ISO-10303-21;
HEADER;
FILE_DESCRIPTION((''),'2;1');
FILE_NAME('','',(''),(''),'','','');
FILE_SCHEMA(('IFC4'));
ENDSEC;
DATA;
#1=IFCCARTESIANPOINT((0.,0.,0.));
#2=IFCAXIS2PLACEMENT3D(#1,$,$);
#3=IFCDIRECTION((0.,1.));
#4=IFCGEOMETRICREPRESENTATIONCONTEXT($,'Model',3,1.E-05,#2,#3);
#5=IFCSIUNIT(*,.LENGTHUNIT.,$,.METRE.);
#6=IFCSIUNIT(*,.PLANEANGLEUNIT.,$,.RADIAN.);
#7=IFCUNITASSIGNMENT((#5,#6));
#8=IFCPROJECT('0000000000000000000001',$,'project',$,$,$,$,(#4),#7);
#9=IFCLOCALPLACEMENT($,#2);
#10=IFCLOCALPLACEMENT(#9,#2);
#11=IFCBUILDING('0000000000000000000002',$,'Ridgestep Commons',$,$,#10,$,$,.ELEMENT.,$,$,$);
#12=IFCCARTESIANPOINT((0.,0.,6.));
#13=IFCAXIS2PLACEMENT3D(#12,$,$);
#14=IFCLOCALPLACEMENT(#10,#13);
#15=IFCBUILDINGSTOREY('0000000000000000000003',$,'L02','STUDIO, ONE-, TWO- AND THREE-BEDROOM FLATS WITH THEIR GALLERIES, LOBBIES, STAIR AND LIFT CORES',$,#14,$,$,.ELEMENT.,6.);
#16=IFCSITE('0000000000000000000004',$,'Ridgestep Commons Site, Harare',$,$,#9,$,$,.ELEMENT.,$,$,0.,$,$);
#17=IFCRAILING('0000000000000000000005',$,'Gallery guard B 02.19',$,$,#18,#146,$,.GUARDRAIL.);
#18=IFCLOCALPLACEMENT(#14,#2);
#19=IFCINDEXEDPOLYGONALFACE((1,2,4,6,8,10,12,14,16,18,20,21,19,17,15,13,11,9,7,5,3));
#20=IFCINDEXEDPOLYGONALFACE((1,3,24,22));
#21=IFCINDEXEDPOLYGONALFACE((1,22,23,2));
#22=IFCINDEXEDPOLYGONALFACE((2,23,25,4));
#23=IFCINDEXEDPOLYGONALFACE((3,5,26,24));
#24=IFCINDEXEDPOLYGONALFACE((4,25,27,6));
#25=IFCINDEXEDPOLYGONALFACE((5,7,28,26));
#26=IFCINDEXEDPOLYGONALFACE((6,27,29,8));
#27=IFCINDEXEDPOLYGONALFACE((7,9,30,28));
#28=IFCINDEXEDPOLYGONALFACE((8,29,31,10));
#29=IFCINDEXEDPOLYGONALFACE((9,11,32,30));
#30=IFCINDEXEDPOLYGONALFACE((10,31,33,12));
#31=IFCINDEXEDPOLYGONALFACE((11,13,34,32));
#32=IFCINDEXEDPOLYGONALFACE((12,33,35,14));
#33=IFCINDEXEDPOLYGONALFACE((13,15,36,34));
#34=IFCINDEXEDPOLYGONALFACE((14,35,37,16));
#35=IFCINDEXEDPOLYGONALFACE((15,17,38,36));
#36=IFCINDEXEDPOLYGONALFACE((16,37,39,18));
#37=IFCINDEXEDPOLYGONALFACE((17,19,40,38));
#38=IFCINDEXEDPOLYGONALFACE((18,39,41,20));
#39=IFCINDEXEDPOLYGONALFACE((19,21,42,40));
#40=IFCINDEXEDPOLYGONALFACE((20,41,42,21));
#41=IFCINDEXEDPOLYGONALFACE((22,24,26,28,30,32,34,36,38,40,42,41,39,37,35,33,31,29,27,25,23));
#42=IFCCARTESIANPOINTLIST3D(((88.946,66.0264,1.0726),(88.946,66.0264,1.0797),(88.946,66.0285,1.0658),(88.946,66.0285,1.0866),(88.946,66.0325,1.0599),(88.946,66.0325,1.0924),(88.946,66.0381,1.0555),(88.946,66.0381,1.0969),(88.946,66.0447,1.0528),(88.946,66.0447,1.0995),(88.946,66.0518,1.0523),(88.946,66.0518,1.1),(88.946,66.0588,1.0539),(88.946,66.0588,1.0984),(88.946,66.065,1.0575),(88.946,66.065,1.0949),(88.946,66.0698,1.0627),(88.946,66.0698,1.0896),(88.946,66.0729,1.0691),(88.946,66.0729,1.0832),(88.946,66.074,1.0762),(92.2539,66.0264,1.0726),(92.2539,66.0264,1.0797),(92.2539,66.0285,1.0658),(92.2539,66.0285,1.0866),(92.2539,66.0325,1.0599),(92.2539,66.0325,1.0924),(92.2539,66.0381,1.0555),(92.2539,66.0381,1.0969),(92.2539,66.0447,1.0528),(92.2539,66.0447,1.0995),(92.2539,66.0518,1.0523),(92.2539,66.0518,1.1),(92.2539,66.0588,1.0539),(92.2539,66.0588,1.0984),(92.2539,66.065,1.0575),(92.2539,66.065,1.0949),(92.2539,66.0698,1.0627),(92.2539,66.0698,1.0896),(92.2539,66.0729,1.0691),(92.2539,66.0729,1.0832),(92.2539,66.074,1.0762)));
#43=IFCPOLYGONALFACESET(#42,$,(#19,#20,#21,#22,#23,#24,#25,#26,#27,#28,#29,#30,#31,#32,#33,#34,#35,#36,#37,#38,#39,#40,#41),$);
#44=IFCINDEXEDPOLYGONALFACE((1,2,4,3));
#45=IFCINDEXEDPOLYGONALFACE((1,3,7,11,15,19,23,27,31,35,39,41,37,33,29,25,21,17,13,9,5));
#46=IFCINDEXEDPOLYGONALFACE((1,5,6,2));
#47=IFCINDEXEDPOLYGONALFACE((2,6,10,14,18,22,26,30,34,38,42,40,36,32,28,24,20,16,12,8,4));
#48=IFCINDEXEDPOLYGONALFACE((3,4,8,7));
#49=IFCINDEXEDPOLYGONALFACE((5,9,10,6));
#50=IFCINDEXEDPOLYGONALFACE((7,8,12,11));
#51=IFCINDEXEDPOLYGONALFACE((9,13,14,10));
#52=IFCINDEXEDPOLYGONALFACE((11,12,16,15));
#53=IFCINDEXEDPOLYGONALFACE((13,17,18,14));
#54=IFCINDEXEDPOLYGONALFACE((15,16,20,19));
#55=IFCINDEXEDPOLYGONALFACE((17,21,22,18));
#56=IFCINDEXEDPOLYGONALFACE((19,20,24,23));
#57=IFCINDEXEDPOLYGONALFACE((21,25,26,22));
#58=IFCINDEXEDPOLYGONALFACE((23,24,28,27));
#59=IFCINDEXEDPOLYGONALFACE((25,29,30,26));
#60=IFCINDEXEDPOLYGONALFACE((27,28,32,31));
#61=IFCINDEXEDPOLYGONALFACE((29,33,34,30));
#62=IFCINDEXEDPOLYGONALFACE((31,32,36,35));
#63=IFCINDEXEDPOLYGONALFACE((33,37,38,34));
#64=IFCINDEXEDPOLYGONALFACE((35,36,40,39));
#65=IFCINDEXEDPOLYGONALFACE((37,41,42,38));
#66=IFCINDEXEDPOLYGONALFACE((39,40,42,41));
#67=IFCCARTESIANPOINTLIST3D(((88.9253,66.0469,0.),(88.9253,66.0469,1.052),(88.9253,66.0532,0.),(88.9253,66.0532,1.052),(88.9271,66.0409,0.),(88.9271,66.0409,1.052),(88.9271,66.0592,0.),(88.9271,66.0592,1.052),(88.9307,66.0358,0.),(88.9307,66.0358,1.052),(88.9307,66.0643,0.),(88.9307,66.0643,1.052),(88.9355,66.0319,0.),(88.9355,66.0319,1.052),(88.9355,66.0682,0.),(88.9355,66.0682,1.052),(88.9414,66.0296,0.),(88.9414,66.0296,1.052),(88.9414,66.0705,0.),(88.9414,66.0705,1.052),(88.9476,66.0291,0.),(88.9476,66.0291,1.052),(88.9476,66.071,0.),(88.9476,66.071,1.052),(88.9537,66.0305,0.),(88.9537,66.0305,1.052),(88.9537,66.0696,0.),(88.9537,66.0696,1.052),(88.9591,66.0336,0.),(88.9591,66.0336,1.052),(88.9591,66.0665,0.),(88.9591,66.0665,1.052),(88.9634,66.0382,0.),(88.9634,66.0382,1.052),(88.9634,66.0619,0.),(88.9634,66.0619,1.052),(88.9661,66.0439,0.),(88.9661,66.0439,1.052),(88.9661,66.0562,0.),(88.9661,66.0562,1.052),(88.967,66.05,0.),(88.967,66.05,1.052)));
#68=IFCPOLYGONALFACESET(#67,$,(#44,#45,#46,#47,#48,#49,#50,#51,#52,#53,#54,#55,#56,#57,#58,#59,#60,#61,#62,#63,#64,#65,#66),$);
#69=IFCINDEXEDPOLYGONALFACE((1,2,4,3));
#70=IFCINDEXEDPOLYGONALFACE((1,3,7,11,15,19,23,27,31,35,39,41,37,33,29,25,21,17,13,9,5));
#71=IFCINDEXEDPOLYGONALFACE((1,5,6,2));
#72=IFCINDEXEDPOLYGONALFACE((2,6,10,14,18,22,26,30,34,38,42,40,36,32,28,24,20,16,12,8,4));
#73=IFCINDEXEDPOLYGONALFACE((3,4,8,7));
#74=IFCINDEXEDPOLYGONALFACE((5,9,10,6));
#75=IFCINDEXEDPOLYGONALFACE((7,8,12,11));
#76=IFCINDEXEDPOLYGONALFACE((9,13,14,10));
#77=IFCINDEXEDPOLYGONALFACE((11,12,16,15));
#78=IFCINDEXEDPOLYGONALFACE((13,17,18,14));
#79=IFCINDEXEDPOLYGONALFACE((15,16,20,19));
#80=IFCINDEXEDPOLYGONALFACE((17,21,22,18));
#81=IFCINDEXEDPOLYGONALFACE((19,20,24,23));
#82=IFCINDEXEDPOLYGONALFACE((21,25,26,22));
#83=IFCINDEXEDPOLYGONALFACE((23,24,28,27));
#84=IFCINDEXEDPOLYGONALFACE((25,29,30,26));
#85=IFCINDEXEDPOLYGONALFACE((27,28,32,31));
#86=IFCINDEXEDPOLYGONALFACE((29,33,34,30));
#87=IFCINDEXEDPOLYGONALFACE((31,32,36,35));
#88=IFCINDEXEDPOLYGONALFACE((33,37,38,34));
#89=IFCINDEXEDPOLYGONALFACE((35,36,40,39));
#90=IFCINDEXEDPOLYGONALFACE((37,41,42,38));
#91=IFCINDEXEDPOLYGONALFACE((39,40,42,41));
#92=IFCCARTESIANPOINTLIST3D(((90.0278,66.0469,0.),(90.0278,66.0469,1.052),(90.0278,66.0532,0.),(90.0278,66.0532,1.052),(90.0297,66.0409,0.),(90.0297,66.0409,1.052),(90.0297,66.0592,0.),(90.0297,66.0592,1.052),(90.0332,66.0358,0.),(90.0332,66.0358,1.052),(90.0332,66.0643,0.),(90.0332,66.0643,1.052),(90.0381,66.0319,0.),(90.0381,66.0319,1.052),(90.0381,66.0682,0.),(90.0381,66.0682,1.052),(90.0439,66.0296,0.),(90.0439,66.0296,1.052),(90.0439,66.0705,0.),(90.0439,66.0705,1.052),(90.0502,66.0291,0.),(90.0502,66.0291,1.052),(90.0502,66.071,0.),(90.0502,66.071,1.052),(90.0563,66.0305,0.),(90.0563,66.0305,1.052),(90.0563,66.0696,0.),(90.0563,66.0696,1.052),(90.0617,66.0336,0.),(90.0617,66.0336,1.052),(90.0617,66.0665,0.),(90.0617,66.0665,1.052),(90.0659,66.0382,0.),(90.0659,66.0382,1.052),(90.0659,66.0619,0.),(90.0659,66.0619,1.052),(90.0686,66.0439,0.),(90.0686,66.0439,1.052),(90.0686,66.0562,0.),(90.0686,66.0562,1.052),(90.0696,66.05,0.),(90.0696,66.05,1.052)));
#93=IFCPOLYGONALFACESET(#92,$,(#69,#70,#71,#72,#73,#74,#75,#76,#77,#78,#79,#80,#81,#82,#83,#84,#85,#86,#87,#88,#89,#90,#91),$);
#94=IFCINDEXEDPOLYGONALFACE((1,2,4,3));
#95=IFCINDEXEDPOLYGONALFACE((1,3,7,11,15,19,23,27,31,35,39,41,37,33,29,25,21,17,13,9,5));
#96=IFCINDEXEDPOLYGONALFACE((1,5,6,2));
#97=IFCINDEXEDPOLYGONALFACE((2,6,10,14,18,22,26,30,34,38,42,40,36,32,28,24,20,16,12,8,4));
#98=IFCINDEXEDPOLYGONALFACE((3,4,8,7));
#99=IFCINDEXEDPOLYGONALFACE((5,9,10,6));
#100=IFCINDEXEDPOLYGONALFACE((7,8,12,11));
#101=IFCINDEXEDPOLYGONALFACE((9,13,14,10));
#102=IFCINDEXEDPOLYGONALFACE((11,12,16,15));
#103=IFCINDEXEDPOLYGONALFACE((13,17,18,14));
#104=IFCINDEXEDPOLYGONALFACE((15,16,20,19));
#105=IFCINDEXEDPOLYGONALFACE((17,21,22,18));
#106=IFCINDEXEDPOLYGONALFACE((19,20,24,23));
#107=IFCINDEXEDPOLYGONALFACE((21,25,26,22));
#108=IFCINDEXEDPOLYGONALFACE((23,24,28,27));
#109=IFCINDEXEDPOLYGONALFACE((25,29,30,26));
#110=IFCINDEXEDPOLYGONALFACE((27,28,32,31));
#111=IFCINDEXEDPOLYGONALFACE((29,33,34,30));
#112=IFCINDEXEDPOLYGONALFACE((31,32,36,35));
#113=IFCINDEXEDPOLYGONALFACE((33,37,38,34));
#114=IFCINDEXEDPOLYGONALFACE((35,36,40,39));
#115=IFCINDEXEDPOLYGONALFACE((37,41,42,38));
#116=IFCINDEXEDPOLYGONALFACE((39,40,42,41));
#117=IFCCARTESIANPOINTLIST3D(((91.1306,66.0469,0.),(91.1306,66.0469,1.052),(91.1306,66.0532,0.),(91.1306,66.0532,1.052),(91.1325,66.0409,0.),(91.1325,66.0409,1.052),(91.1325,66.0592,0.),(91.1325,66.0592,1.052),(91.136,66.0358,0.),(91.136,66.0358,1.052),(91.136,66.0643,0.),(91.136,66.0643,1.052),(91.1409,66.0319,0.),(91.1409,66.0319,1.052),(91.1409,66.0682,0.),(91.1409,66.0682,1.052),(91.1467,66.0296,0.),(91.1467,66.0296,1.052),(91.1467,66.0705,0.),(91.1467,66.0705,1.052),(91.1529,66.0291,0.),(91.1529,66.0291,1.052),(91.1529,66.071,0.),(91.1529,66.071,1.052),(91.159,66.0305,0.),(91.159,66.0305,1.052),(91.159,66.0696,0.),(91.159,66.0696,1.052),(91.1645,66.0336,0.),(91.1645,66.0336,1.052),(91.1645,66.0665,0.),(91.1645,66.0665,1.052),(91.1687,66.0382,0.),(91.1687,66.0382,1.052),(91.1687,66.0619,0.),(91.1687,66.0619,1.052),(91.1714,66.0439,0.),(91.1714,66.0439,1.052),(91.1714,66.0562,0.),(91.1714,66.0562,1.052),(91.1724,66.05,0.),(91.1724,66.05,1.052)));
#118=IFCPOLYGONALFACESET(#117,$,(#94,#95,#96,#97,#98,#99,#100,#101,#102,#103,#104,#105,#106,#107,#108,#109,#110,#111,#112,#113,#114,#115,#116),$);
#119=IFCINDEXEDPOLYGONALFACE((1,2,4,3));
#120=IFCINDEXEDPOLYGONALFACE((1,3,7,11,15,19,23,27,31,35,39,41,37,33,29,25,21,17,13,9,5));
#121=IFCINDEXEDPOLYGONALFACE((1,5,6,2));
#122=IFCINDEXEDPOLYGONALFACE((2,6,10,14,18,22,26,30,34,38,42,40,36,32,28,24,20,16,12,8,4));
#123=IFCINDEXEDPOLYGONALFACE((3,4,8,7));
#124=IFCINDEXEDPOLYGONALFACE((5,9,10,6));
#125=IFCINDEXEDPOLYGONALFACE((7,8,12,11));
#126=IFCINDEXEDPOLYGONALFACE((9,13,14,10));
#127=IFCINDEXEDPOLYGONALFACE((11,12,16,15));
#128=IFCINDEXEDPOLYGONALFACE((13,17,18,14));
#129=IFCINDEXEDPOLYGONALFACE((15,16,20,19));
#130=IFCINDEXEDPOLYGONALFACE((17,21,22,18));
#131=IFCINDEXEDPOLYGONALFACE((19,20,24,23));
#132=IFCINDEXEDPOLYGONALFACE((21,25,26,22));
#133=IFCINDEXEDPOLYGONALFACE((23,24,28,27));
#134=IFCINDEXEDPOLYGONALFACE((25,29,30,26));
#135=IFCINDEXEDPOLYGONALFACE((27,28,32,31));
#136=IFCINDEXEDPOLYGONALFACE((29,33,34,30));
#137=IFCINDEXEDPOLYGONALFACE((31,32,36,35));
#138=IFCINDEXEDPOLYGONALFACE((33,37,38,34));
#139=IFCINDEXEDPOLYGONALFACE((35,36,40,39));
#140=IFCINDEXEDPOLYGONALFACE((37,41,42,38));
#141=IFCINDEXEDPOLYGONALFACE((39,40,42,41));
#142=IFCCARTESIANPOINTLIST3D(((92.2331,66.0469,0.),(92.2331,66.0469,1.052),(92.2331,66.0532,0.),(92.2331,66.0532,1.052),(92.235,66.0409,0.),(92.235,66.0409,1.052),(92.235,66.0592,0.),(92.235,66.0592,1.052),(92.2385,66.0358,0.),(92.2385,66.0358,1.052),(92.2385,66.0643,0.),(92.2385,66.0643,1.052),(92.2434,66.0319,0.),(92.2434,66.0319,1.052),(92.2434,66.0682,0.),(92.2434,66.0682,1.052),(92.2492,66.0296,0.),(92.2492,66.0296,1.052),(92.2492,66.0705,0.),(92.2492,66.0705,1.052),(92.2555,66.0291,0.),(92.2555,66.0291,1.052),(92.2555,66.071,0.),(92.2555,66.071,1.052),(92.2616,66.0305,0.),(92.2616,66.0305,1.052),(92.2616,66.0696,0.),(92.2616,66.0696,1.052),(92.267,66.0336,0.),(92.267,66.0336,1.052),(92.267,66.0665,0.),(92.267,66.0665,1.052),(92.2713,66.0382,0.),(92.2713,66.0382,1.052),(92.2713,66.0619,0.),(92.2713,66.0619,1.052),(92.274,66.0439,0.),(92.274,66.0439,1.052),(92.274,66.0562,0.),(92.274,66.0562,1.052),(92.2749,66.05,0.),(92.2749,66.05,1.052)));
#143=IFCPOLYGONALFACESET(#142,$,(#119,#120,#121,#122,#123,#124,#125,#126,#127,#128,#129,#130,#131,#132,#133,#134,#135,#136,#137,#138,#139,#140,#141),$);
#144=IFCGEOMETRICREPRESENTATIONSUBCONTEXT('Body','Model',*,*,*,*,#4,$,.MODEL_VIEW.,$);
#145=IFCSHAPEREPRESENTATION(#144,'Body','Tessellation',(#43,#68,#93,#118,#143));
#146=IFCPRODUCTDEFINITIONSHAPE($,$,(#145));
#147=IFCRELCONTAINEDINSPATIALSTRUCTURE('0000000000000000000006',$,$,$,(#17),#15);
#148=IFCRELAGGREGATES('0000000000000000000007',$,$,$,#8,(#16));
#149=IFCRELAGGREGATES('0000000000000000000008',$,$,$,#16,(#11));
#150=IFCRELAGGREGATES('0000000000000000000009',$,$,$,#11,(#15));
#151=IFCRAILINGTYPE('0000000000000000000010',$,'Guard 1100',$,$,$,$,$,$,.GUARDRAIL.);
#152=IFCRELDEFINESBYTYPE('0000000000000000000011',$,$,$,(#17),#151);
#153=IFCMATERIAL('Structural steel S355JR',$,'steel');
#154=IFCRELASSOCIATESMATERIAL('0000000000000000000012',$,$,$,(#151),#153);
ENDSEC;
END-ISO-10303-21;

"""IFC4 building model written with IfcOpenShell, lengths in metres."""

from ifc_helpers import new_model, si_unit, direction, frame, origin, origin_2d, place, context, subcontext, project, spatial, circle, extrude, material, type_object, element, save


model = new_model("IFC4")

# Units and contexts
model_context = context("Model", 3, precision=1e-05, world=origin(), true_north=direction((0.0, 1.0)))
body_context = subcontext(model_context, "Body", "Model", "MODEL_VIEW")
ifc_project = project(units=[si_unit("LENGTHUNIT", "METRE"), si_unit("PLANEANGLEUNIT", "RADIAN")], contexts=[model_context])

# Site, building, storey
site_placement = place(None, origin())
site = spatial("IfcSite", under=ifc_project, at=site_placement, Name="Ridgestep Commons Site, Harare", CompositionType="ELEMENT", RefElevation=0.0)
building_placement = place(site_placement, origin())
building = spatial("IfcBuilding", under=site, at=building_placement, Name="Ridgestep Commons", CompositionType="ELEMENT")
storey_placement = place(building_placement, frame((0.0, 0.0, 6.0)))
storey = spatial("IfcBuildingStorey", under=building, at=storey_placement, Name="L02", Description="STUDIO, ONE-, TWO- AND THREE-BEDROOM FLATS WITH THEIR GALLERIES, LOBBIES, STAIR AND LIFT CORES", CompositionType="ELEMENT", Elevation=6.0)

# Railing
ifc_material_1 = material(Name="Structural steel S355JR", Category="steel")
railing_type_1 = type_object("IfcRailingType", Name="Guard 1100", PredefinedType="GUARDRAIL", material=ifc_material_1)
railing_1_placement = place(storey_placement, frame((88.946, 66.05, 0.0)))
element("IfcRailing", 1, at=railing_1_placement, inside=storey, type_object=railing_type_1, Name="Gallery guard B 02.19", PredefinedType="GUARDRAIL", context=body_context, shape_type="SweptSolid", body=[
    extrude(circle(Radius=0.0239, at=origin_2d()), frame((0.0, 0.0, 1.0762), z_axis=(1.0, 0.0, 0.0), x_axis=(0.0, 1.0, 0.0)), (0.0, 0.0, 1.0), 3.3079),
    extrude(circle(Radius=0.021, at=origin_2d()), origin(), (0.0, 0.0, 1.0), 1.052),
    extrude(circle(Radius=0.021, at=origin_2d()), frame((1.1025, 0.0, 0.0)), (0.0, 0.0, 1.0), 1.052),
    extrude(circle(Radius=0.021, at=origin_2d()), frame((2.2053, 0.0, 0.0)), (0.0, 0.0, 1.0), 1.052),
    extrude(circle(Radius=0.021, at=origin_2d()), frame((3.3079, 0.0, 0.0)), (0.0, 0.0, 1.0), 1.052),
])

save(model, "model.ifc")
